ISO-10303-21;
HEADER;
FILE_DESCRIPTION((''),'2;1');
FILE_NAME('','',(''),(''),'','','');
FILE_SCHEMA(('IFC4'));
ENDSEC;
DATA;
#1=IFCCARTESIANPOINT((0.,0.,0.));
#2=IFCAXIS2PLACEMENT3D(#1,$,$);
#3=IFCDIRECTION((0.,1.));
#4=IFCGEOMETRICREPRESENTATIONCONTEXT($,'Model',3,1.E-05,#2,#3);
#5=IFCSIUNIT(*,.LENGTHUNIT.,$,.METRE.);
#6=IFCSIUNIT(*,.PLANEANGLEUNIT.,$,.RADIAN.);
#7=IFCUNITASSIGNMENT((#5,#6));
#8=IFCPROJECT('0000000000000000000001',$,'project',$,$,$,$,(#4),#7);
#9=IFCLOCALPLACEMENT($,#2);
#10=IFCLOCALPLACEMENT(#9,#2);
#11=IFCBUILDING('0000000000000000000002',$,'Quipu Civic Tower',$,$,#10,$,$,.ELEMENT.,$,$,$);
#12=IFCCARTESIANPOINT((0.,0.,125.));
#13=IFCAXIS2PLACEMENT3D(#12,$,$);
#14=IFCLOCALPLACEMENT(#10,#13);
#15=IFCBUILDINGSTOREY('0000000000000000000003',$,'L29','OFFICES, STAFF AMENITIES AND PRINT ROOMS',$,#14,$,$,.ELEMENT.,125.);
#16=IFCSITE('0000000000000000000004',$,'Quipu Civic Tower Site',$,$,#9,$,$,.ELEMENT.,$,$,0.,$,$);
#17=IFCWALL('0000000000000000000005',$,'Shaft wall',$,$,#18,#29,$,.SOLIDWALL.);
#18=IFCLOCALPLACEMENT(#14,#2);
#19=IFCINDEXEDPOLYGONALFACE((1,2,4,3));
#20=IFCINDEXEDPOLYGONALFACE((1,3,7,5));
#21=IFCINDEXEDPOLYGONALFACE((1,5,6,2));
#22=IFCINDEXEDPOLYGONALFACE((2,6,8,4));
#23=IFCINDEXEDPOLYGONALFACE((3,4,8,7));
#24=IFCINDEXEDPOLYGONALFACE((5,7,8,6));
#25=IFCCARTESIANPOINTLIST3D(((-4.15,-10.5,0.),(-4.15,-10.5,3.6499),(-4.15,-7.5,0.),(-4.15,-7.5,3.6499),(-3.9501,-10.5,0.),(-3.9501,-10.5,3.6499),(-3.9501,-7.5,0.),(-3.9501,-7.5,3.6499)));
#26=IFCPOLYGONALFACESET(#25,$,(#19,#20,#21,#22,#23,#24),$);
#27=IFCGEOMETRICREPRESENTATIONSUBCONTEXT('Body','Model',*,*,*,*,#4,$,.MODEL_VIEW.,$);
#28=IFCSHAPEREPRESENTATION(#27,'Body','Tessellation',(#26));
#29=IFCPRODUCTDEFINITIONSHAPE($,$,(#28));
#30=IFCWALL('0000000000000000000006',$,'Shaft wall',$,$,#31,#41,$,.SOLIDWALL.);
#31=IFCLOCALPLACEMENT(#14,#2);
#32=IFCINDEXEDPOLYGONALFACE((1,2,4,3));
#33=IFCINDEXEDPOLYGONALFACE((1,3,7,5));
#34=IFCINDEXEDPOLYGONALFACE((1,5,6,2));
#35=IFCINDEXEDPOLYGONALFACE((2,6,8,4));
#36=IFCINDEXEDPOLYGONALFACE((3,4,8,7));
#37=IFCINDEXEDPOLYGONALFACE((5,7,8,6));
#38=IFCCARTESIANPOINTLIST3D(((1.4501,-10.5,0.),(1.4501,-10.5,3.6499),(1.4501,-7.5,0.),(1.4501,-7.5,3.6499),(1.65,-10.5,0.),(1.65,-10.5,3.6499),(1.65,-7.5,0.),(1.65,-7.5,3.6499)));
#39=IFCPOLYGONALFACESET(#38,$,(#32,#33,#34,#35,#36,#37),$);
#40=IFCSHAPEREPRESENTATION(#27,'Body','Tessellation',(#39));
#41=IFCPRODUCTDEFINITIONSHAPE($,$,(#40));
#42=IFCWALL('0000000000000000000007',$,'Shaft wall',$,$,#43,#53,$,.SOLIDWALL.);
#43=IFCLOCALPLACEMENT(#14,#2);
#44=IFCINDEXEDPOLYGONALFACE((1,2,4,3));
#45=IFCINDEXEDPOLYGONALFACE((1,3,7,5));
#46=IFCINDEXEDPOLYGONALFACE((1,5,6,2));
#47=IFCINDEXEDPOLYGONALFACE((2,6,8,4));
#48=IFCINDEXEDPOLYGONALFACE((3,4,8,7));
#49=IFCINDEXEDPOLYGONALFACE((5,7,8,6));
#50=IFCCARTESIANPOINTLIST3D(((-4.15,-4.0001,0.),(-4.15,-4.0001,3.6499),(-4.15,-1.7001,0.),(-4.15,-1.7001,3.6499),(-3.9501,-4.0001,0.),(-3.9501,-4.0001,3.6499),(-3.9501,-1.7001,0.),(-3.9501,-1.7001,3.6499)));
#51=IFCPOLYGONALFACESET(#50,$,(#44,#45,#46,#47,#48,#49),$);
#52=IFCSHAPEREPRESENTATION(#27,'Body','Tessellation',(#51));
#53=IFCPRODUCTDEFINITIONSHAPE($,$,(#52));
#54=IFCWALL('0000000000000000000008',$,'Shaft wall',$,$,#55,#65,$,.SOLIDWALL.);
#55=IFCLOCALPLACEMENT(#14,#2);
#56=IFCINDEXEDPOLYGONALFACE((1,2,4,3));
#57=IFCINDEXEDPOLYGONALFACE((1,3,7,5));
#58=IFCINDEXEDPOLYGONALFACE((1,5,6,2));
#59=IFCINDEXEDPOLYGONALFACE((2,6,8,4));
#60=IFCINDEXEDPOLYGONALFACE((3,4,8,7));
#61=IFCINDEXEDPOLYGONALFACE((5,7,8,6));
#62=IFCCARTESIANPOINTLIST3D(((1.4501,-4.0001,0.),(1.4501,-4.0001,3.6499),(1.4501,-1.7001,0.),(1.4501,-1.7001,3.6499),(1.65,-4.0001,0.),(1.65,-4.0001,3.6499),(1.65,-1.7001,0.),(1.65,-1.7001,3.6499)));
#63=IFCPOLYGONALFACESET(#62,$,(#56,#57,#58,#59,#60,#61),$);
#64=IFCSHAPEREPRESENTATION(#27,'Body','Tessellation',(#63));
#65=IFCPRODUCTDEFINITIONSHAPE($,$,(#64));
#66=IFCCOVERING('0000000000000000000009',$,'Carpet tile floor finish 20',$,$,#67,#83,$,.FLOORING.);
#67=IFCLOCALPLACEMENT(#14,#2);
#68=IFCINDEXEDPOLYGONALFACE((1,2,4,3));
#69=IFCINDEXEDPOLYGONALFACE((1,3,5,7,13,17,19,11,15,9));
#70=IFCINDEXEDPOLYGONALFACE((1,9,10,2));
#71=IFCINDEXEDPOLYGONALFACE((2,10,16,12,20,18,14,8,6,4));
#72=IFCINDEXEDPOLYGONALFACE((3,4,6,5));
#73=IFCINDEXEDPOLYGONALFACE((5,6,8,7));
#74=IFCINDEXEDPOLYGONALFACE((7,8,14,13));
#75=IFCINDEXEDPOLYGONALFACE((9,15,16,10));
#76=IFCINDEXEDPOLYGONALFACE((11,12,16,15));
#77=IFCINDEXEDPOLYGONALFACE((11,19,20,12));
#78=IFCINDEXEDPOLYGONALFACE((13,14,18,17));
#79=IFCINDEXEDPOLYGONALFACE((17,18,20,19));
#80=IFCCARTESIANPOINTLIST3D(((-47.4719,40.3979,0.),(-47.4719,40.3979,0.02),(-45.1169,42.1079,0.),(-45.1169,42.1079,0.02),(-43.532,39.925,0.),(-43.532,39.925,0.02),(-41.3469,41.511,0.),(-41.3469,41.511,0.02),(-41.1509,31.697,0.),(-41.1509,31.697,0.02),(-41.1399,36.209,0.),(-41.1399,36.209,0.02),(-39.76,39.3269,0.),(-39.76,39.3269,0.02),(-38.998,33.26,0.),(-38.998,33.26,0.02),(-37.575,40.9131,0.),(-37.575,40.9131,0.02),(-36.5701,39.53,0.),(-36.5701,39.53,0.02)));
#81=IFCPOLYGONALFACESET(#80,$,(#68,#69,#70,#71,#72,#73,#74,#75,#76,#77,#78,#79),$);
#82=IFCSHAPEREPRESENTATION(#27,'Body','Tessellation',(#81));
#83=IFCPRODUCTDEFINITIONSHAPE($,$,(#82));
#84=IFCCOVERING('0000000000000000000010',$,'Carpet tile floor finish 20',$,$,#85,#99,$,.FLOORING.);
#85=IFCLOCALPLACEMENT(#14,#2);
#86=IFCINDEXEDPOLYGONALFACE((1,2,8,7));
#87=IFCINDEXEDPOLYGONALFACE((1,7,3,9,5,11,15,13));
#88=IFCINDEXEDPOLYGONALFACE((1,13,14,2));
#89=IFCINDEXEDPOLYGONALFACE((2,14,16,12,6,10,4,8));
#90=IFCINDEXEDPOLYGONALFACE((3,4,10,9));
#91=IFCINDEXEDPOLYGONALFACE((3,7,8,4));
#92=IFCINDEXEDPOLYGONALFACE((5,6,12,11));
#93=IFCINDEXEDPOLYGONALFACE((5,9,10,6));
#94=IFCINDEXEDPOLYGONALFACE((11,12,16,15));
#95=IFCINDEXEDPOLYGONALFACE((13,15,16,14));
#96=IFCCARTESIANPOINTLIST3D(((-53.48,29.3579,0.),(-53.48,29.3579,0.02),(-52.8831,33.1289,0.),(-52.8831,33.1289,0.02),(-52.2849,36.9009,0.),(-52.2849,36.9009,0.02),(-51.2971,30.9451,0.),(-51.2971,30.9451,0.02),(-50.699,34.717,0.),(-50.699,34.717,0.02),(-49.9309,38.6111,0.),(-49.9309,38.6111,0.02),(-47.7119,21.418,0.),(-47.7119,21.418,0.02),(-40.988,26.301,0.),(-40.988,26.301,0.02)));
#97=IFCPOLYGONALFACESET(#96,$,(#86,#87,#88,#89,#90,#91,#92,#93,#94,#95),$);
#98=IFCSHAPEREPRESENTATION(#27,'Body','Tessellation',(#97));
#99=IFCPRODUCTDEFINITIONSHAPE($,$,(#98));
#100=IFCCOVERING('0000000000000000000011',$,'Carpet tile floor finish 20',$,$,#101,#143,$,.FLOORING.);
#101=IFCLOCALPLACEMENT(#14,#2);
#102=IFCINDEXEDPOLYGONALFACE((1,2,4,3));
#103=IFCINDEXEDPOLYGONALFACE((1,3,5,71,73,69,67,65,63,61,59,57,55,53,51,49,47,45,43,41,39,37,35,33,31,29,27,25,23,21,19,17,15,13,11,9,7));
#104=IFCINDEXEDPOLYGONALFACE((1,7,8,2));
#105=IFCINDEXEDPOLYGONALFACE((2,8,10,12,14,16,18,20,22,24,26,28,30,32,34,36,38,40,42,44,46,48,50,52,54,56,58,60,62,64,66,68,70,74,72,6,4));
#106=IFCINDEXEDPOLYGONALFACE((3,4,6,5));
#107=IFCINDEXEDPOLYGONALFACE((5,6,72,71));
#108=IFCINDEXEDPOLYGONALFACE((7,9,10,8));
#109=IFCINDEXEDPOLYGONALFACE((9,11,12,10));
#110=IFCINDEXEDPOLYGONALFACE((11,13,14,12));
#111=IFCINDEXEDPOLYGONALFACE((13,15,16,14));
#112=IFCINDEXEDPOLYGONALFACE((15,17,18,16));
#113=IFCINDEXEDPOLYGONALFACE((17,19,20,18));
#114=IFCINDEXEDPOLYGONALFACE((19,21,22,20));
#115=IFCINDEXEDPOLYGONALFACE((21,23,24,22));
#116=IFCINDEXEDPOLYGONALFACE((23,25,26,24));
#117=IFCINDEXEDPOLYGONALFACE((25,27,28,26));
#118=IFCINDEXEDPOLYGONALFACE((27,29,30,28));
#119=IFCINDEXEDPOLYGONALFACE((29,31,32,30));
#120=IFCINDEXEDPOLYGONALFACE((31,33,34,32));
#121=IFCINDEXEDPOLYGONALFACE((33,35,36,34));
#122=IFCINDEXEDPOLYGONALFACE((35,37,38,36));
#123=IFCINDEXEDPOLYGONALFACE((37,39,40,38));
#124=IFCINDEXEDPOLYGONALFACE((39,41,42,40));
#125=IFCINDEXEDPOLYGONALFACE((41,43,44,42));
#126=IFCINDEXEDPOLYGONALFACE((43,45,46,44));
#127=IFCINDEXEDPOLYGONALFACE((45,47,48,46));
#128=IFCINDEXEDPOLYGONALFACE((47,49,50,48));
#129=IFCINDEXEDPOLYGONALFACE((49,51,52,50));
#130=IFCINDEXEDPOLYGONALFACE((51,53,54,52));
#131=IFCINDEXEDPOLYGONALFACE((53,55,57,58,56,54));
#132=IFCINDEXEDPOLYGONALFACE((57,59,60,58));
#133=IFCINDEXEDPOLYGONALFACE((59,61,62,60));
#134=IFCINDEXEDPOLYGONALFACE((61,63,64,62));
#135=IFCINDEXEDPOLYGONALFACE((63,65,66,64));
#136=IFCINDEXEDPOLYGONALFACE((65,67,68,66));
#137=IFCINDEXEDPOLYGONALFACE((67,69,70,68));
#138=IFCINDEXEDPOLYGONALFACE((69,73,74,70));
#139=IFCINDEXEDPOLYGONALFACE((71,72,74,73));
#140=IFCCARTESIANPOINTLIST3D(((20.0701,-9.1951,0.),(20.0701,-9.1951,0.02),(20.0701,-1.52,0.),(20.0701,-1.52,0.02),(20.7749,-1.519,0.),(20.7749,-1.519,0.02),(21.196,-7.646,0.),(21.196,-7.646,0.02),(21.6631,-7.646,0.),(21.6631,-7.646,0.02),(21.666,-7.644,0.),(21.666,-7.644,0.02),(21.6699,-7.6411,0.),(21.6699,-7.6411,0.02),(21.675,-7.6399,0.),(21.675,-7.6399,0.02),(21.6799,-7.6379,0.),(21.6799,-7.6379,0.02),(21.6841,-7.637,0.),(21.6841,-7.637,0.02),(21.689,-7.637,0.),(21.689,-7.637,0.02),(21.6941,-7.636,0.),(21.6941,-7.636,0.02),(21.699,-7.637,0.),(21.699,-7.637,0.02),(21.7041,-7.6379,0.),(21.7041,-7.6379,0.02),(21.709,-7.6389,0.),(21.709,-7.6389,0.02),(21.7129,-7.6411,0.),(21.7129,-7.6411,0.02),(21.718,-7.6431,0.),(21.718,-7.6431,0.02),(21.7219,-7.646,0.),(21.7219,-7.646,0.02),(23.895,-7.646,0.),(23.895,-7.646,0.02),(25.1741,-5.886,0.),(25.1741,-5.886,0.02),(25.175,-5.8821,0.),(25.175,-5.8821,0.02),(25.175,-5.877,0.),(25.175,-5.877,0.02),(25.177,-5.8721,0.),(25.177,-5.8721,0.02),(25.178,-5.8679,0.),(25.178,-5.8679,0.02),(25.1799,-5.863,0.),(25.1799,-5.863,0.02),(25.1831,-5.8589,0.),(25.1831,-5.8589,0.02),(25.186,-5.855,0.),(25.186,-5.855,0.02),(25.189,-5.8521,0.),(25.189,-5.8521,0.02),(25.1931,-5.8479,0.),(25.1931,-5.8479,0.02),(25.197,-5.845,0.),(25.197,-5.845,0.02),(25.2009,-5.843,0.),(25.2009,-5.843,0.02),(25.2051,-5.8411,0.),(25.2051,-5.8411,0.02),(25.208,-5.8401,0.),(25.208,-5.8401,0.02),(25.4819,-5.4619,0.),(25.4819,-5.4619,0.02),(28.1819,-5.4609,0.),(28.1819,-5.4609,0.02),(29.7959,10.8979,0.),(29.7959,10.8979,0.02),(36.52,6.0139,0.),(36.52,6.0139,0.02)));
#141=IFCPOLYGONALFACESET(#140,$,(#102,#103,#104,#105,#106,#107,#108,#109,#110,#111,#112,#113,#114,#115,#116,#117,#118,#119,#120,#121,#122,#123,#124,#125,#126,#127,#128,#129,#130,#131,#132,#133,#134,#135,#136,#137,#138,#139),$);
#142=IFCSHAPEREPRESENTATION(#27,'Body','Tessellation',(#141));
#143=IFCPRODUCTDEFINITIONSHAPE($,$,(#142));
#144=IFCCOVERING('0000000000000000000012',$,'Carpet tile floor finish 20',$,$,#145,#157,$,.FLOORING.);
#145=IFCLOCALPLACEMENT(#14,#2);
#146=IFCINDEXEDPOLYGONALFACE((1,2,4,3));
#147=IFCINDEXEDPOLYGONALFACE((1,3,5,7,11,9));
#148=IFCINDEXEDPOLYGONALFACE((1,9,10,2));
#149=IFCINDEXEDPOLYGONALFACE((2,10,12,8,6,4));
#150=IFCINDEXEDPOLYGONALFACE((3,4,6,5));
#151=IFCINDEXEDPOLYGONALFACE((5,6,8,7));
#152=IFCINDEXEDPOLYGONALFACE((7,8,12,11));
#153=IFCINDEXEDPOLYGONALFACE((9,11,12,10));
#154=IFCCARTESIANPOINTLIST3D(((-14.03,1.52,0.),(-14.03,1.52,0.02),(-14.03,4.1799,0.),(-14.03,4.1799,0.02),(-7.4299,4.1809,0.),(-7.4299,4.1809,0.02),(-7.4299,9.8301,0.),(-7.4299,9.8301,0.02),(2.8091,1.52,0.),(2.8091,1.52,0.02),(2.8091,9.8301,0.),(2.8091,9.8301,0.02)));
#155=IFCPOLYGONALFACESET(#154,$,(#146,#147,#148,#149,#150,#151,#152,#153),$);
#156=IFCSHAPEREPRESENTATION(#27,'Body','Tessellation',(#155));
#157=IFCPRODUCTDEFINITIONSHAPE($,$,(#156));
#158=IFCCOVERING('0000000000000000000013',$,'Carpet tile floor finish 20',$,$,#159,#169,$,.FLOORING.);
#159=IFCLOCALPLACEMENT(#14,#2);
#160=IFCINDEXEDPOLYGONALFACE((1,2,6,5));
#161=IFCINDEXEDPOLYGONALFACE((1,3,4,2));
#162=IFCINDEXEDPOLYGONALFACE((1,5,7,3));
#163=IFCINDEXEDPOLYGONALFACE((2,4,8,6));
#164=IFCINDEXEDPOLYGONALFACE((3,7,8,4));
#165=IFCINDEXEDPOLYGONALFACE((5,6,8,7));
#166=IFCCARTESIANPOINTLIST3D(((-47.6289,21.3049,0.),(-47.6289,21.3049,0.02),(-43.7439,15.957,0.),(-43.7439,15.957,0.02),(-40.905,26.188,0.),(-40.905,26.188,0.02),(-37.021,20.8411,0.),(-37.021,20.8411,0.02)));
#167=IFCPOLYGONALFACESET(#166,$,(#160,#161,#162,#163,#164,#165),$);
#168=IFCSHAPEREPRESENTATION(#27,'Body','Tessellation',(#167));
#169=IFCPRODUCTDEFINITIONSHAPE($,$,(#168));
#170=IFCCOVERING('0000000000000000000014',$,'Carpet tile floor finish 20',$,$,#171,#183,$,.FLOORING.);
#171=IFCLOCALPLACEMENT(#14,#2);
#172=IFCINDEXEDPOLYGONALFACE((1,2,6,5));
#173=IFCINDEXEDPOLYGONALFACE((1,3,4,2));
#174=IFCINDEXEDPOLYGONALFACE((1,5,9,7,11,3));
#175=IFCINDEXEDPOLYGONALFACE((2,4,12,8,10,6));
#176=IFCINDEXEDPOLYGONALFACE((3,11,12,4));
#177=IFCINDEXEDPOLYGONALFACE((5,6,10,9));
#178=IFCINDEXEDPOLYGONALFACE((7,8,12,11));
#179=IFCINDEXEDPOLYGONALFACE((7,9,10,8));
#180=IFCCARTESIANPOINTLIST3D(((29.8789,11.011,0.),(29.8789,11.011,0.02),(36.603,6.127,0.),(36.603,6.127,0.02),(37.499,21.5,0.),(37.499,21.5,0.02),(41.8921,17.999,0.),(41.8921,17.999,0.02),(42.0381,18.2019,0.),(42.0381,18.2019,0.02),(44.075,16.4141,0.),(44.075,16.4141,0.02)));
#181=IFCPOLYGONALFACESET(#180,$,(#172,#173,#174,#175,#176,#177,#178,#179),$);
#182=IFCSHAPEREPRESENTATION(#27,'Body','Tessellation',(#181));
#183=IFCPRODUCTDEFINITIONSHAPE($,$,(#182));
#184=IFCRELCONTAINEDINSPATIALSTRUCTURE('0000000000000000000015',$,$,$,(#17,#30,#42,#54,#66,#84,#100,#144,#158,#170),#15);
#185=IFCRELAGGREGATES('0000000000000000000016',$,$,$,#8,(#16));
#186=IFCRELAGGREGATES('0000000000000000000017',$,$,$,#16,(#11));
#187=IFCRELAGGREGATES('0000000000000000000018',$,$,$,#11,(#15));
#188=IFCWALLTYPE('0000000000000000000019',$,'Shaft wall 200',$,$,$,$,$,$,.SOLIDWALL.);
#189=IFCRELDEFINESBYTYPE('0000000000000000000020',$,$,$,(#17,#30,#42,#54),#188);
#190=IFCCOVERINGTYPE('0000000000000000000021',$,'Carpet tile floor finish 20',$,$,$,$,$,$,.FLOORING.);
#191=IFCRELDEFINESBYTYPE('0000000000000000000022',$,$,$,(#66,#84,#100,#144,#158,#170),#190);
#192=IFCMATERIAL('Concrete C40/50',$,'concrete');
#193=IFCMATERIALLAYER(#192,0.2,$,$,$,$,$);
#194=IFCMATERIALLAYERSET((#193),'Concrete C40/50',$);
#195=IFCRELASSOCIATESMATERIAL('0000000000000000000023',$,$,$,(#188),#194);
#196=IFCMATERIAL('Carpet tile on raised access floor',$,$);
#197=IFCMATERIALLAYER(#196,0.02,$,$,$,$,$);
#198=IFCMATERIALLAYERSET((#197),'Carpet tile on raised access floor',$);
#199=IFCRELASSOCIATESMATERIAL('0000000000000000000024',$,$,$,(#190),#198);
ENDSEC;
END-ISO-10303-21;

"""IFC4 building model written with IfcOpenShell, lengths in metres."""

from ifc_helpers import new_model, si_unit, direction, frame, frame_2d, origin, place, context, subcontext, project, spatial, polyline, rectangle, outline, extrude, material, layer, layer_set, type_object, element, save


model = new_model("IFC4")

# Units and contexts
model_context = context("Model", 3, precision=1e-05, world=origin(), true_north=direction((0.0, 1.0)))
body_context = subcontext(model_context, "Body", "Model", "MODEL_VIEW")
ifc_project = project(units=[si_unit("LENGTHUNIT", "METRE"), si_unit("PLANEANGLEUNIT", "RADIAN")], contexts=[model_context])

# Site, building, storey
site_placement = place(None, origin())
site = spatial("IfcSite", under=ifc_project, at=site_placement, Name="Quipu Civic Tower Site", CompositionType="ELEMENT", RefElevation=0.0)
building_placement = place(site_placement, origin())
building = spatial("IfcBuilding", under=site, at=building_placement, Name="Quipu Civic Tower", CompositionType="ELEMENT")
storey_placement = place(building_placement, frame((0.0, 0.0, 125.0)))
storey = spatial("IfcBuildingStorey", under=building, at=storey_placement, Name="L29", Description="OFFICES, STAFF AMENITIES AND PRINT ROOMS", CompositionType="ELEMENT", Elevation=125.0)

# Walls
ifc_material_1 = material(Name="Concrete C40/50", Category="concrete")
ifc_layer_1 = layer(ifc_material_1, 0.2)
ifc_layer_set_1 = layer_set([ifc_layer_1], Name="Concrete C40/50")
wall_type_1 = type_object("IfcWallType", Name="Shaft wall 200", PredefinedType="SOLIDWALL", material=ifc_layer_set_1)
for number, where, z_axis, x_axis, name in (
    (1, (-4.05, -10.5, 0.0), (0.0, 0.0, 1.0), (0.0, 1.0, 0.0), "Shaft wall"),
    (2, (1.55, -10.5, 0.0), (0.0, 0.0, 1.0), (0.0, 1.0, 0.0), "Shaft wall"),
):
    element("IfcWall", number, at=place(storey_placement, frame(where, z_axis=z_axis, x_axis=x_axis)), inside=storey, type_object=wall_type_1, Name=name, PredefinedType="SOLIDWALL", context=body_context, shape_type="SweptSolid", body=[
        extrude(rectangle(XDim=3.0, YDim=0.2, at=frame_2d((1.5, 0.0))), origin(), (0.0, 0.0, 1.0), 3.6499),
    ])
for number, where, z_axis, x_axis, name in (
    (3, (-4.05, -4.0, 0.0), (0.0, 0.0, 1.0), (0.0, 1.0, 0.0), "Shaft wall"),
    (4, (1.55, -4.0, 0.0), (0.0, 0.0, 1.0), (0.0, 1.0, 0.0), "Shaft wall"),
):
    element("IfcWall", number, at=place(storey_placement, frame(where, z_axis=z_axis, x_axis=x_axis)), inside=storey, type_object=wall_type_1, Name=name, PredefinedType="SOLIDWALL", context=body_context, shape_type="SweptSolid", body=[
        extrude(rectangle(XDim=2.3, YDim=0.2, at=frame_2d((1.1499, 0.0))), origin(), (0.0, 0.0, 1.0), 3.6499),
    ])

# Coverings
ifc_material_2 = material(Name="Carpet tile on raised access floor")
ifc_layer_2 = layer(ifc_material_2, 0.02)
ifc_layer_set_2 = layer_set([ifc_layer_2], Name="Carpet tile on raised access floor")
covering_type_1 = type_object("IfcCoveringType", Name="Carpet tile floor finish 20", PredefinedType="FLOORING", material=ifc_layer_set_2)
covering_1_placement = place(storey_placement, origin())
element("IfcCovering", 5, at=covering_1_placement, inside=storey, type_object=covering_type_1, Name="Carpet tile floor finish 20", PredefinedType="FLOORING", context=body_context, shape_type="SweptSolid", body=[
    extrude(outline(polyline([(-47.4719, 40.3979), (-45.1169, 42.1079), (-43.532, 39.925), (-41.3469, 41.511), (-39.76, 39.3269), (-37.575, 40.9131), (-36.5701, 39.53), (-41.1399, 36.209), (-38.998, 33.26), (-41.1509, 31.697), (-47.4719, 40.3979)])), origin(), (0.0, 0.0, 1.0), 0.02),
])
covering_2_placement = place(storey_placement, origin())
element("IfcCovering", 6, at=covering_2_placement, inside=storey, type_object=covering_type_1, Name="Carpet tile floor finish 20", PredefinedType="FLOORING", context=body_context, shape_type="SweptSolid", body=[
    extrude(outline(polyline([(-53.48, 29.3579), (-51.2971, 30.9451), (-52.8831, 33.1289), (-50.699, 34.717), (-52.2849, 36.9009), (-49.9309, 38.6111), (-40.988, 26.301), (-47.7119, 21.418), (-53.48, 29.3579)])), origin(), (0.0, 0.0, 1.0), 0.02),
])
covering_3_placement = place(storey_placement, origin())
element("IfcCovering", 7, at=covering_3_placement, inside=storey, type_object=covering_type_1, Name="Carpet tile floor finish 20", PredefinedType="FLOORING", context=body_context, shape_type="SweptSolid", body=[
    extrude(outline(polyline([(20.0701, -9.1951), (20.0701, -1.52), (20.7749, -1.519), (29.7959, 10.8979), (36.52, 6.0139), (28.1819, -5.4609), (25.4819, -5.4619), (25.208, -5.8401), (25.2051, -5.8411), (25.2009, -5.843), (25.197, -5.845), (25.1931, -5.8479), (25.189, -5.8521), (25.186, -5.855), (25.1831, -5.8589), (25.1799, -5.863), (25.178, -5.8679), (25.177, -5.8721), (25.175, -5.877), (25.175, -5.8821), (25.1741, -5.886), (23.895, -7.646), (21.7219, -7.646), (21.7219, -7.646), (21.718, -7.6431), (21.7129, -7.6411), (21.709, -7.6389), (21.7041, -7.6379), (21.699, -7.637), (21.6941, -7.636), (21.689, -7.637), (21.6841, -7.637), (21.6799, -7.6379), (21.675, -7.6399), (21.6699, -7.6411), (21.666, -7.644), (21.6631, -7.646), (21.196, -7.646), (20.0701, -9.1951)])), origin(), (0.0, 0.0, 1.0), 0.02),
])
covering_4_placement = place(storey_placement, origin())
element("IfcCovering", 8, at=covering_4_placement, inside=storey, type_object=covering_type_1, Name="Carpet tile floor finish 20", PredefinedType="FLOORING", context=body_context, shape_type="SweptSolid", body=[
    extrude(outline(polyline([(-14.03, 1.52), (-14.03, 4.1799), (-7.4299, 4.1809), (-7.4299, 9.8301), (2.8091, 9.8301), (2.8091, 1.52), (-14.03, 1.52)])), origin(), (0.0, 0.0, 1.0), 0.02),
])
covering_5_placement = place(storey_placement, origin())
element("IfcCovering", 9, at=covering_5_placement, inside=storey, type_object=covering_type_1, Name="Carpet tile floor finish 20", PredefinedType="FLOORING", context=body_context, shape_type="SweptSolid", body=[
    extrude(outline(polyline([(-47.6289, 21.3049), (-40.905, 26.188), (-37.021, 20.8411), (-43.7439, 15.957), (-47.6289, 21.3049)])), origin(), (0.0, 0.0, 1.0), 0.02),
])
covering_6_placement = place(storey_placement, origin())
element("IfcCovering", 10, at=covering_6_placement, inside=storey, type_object=covering_type_1, Name="Carpet tile floor finish 20", PredefinedType="FLOORING", context=body_context, shape_type="SweptSolid", body=[
    extrude(outline(polyline([(29.8789, 11.011), (37.499, 21.5), (42.0381, 18.2019), (41.8921, 17.999), (44.075, 16.4141), (36.603, 6.127), (29.8789, 11.011)])), origin(), (0.0, 0.0, 1.0), 0.02),
])

save(model, "model.ifc")
